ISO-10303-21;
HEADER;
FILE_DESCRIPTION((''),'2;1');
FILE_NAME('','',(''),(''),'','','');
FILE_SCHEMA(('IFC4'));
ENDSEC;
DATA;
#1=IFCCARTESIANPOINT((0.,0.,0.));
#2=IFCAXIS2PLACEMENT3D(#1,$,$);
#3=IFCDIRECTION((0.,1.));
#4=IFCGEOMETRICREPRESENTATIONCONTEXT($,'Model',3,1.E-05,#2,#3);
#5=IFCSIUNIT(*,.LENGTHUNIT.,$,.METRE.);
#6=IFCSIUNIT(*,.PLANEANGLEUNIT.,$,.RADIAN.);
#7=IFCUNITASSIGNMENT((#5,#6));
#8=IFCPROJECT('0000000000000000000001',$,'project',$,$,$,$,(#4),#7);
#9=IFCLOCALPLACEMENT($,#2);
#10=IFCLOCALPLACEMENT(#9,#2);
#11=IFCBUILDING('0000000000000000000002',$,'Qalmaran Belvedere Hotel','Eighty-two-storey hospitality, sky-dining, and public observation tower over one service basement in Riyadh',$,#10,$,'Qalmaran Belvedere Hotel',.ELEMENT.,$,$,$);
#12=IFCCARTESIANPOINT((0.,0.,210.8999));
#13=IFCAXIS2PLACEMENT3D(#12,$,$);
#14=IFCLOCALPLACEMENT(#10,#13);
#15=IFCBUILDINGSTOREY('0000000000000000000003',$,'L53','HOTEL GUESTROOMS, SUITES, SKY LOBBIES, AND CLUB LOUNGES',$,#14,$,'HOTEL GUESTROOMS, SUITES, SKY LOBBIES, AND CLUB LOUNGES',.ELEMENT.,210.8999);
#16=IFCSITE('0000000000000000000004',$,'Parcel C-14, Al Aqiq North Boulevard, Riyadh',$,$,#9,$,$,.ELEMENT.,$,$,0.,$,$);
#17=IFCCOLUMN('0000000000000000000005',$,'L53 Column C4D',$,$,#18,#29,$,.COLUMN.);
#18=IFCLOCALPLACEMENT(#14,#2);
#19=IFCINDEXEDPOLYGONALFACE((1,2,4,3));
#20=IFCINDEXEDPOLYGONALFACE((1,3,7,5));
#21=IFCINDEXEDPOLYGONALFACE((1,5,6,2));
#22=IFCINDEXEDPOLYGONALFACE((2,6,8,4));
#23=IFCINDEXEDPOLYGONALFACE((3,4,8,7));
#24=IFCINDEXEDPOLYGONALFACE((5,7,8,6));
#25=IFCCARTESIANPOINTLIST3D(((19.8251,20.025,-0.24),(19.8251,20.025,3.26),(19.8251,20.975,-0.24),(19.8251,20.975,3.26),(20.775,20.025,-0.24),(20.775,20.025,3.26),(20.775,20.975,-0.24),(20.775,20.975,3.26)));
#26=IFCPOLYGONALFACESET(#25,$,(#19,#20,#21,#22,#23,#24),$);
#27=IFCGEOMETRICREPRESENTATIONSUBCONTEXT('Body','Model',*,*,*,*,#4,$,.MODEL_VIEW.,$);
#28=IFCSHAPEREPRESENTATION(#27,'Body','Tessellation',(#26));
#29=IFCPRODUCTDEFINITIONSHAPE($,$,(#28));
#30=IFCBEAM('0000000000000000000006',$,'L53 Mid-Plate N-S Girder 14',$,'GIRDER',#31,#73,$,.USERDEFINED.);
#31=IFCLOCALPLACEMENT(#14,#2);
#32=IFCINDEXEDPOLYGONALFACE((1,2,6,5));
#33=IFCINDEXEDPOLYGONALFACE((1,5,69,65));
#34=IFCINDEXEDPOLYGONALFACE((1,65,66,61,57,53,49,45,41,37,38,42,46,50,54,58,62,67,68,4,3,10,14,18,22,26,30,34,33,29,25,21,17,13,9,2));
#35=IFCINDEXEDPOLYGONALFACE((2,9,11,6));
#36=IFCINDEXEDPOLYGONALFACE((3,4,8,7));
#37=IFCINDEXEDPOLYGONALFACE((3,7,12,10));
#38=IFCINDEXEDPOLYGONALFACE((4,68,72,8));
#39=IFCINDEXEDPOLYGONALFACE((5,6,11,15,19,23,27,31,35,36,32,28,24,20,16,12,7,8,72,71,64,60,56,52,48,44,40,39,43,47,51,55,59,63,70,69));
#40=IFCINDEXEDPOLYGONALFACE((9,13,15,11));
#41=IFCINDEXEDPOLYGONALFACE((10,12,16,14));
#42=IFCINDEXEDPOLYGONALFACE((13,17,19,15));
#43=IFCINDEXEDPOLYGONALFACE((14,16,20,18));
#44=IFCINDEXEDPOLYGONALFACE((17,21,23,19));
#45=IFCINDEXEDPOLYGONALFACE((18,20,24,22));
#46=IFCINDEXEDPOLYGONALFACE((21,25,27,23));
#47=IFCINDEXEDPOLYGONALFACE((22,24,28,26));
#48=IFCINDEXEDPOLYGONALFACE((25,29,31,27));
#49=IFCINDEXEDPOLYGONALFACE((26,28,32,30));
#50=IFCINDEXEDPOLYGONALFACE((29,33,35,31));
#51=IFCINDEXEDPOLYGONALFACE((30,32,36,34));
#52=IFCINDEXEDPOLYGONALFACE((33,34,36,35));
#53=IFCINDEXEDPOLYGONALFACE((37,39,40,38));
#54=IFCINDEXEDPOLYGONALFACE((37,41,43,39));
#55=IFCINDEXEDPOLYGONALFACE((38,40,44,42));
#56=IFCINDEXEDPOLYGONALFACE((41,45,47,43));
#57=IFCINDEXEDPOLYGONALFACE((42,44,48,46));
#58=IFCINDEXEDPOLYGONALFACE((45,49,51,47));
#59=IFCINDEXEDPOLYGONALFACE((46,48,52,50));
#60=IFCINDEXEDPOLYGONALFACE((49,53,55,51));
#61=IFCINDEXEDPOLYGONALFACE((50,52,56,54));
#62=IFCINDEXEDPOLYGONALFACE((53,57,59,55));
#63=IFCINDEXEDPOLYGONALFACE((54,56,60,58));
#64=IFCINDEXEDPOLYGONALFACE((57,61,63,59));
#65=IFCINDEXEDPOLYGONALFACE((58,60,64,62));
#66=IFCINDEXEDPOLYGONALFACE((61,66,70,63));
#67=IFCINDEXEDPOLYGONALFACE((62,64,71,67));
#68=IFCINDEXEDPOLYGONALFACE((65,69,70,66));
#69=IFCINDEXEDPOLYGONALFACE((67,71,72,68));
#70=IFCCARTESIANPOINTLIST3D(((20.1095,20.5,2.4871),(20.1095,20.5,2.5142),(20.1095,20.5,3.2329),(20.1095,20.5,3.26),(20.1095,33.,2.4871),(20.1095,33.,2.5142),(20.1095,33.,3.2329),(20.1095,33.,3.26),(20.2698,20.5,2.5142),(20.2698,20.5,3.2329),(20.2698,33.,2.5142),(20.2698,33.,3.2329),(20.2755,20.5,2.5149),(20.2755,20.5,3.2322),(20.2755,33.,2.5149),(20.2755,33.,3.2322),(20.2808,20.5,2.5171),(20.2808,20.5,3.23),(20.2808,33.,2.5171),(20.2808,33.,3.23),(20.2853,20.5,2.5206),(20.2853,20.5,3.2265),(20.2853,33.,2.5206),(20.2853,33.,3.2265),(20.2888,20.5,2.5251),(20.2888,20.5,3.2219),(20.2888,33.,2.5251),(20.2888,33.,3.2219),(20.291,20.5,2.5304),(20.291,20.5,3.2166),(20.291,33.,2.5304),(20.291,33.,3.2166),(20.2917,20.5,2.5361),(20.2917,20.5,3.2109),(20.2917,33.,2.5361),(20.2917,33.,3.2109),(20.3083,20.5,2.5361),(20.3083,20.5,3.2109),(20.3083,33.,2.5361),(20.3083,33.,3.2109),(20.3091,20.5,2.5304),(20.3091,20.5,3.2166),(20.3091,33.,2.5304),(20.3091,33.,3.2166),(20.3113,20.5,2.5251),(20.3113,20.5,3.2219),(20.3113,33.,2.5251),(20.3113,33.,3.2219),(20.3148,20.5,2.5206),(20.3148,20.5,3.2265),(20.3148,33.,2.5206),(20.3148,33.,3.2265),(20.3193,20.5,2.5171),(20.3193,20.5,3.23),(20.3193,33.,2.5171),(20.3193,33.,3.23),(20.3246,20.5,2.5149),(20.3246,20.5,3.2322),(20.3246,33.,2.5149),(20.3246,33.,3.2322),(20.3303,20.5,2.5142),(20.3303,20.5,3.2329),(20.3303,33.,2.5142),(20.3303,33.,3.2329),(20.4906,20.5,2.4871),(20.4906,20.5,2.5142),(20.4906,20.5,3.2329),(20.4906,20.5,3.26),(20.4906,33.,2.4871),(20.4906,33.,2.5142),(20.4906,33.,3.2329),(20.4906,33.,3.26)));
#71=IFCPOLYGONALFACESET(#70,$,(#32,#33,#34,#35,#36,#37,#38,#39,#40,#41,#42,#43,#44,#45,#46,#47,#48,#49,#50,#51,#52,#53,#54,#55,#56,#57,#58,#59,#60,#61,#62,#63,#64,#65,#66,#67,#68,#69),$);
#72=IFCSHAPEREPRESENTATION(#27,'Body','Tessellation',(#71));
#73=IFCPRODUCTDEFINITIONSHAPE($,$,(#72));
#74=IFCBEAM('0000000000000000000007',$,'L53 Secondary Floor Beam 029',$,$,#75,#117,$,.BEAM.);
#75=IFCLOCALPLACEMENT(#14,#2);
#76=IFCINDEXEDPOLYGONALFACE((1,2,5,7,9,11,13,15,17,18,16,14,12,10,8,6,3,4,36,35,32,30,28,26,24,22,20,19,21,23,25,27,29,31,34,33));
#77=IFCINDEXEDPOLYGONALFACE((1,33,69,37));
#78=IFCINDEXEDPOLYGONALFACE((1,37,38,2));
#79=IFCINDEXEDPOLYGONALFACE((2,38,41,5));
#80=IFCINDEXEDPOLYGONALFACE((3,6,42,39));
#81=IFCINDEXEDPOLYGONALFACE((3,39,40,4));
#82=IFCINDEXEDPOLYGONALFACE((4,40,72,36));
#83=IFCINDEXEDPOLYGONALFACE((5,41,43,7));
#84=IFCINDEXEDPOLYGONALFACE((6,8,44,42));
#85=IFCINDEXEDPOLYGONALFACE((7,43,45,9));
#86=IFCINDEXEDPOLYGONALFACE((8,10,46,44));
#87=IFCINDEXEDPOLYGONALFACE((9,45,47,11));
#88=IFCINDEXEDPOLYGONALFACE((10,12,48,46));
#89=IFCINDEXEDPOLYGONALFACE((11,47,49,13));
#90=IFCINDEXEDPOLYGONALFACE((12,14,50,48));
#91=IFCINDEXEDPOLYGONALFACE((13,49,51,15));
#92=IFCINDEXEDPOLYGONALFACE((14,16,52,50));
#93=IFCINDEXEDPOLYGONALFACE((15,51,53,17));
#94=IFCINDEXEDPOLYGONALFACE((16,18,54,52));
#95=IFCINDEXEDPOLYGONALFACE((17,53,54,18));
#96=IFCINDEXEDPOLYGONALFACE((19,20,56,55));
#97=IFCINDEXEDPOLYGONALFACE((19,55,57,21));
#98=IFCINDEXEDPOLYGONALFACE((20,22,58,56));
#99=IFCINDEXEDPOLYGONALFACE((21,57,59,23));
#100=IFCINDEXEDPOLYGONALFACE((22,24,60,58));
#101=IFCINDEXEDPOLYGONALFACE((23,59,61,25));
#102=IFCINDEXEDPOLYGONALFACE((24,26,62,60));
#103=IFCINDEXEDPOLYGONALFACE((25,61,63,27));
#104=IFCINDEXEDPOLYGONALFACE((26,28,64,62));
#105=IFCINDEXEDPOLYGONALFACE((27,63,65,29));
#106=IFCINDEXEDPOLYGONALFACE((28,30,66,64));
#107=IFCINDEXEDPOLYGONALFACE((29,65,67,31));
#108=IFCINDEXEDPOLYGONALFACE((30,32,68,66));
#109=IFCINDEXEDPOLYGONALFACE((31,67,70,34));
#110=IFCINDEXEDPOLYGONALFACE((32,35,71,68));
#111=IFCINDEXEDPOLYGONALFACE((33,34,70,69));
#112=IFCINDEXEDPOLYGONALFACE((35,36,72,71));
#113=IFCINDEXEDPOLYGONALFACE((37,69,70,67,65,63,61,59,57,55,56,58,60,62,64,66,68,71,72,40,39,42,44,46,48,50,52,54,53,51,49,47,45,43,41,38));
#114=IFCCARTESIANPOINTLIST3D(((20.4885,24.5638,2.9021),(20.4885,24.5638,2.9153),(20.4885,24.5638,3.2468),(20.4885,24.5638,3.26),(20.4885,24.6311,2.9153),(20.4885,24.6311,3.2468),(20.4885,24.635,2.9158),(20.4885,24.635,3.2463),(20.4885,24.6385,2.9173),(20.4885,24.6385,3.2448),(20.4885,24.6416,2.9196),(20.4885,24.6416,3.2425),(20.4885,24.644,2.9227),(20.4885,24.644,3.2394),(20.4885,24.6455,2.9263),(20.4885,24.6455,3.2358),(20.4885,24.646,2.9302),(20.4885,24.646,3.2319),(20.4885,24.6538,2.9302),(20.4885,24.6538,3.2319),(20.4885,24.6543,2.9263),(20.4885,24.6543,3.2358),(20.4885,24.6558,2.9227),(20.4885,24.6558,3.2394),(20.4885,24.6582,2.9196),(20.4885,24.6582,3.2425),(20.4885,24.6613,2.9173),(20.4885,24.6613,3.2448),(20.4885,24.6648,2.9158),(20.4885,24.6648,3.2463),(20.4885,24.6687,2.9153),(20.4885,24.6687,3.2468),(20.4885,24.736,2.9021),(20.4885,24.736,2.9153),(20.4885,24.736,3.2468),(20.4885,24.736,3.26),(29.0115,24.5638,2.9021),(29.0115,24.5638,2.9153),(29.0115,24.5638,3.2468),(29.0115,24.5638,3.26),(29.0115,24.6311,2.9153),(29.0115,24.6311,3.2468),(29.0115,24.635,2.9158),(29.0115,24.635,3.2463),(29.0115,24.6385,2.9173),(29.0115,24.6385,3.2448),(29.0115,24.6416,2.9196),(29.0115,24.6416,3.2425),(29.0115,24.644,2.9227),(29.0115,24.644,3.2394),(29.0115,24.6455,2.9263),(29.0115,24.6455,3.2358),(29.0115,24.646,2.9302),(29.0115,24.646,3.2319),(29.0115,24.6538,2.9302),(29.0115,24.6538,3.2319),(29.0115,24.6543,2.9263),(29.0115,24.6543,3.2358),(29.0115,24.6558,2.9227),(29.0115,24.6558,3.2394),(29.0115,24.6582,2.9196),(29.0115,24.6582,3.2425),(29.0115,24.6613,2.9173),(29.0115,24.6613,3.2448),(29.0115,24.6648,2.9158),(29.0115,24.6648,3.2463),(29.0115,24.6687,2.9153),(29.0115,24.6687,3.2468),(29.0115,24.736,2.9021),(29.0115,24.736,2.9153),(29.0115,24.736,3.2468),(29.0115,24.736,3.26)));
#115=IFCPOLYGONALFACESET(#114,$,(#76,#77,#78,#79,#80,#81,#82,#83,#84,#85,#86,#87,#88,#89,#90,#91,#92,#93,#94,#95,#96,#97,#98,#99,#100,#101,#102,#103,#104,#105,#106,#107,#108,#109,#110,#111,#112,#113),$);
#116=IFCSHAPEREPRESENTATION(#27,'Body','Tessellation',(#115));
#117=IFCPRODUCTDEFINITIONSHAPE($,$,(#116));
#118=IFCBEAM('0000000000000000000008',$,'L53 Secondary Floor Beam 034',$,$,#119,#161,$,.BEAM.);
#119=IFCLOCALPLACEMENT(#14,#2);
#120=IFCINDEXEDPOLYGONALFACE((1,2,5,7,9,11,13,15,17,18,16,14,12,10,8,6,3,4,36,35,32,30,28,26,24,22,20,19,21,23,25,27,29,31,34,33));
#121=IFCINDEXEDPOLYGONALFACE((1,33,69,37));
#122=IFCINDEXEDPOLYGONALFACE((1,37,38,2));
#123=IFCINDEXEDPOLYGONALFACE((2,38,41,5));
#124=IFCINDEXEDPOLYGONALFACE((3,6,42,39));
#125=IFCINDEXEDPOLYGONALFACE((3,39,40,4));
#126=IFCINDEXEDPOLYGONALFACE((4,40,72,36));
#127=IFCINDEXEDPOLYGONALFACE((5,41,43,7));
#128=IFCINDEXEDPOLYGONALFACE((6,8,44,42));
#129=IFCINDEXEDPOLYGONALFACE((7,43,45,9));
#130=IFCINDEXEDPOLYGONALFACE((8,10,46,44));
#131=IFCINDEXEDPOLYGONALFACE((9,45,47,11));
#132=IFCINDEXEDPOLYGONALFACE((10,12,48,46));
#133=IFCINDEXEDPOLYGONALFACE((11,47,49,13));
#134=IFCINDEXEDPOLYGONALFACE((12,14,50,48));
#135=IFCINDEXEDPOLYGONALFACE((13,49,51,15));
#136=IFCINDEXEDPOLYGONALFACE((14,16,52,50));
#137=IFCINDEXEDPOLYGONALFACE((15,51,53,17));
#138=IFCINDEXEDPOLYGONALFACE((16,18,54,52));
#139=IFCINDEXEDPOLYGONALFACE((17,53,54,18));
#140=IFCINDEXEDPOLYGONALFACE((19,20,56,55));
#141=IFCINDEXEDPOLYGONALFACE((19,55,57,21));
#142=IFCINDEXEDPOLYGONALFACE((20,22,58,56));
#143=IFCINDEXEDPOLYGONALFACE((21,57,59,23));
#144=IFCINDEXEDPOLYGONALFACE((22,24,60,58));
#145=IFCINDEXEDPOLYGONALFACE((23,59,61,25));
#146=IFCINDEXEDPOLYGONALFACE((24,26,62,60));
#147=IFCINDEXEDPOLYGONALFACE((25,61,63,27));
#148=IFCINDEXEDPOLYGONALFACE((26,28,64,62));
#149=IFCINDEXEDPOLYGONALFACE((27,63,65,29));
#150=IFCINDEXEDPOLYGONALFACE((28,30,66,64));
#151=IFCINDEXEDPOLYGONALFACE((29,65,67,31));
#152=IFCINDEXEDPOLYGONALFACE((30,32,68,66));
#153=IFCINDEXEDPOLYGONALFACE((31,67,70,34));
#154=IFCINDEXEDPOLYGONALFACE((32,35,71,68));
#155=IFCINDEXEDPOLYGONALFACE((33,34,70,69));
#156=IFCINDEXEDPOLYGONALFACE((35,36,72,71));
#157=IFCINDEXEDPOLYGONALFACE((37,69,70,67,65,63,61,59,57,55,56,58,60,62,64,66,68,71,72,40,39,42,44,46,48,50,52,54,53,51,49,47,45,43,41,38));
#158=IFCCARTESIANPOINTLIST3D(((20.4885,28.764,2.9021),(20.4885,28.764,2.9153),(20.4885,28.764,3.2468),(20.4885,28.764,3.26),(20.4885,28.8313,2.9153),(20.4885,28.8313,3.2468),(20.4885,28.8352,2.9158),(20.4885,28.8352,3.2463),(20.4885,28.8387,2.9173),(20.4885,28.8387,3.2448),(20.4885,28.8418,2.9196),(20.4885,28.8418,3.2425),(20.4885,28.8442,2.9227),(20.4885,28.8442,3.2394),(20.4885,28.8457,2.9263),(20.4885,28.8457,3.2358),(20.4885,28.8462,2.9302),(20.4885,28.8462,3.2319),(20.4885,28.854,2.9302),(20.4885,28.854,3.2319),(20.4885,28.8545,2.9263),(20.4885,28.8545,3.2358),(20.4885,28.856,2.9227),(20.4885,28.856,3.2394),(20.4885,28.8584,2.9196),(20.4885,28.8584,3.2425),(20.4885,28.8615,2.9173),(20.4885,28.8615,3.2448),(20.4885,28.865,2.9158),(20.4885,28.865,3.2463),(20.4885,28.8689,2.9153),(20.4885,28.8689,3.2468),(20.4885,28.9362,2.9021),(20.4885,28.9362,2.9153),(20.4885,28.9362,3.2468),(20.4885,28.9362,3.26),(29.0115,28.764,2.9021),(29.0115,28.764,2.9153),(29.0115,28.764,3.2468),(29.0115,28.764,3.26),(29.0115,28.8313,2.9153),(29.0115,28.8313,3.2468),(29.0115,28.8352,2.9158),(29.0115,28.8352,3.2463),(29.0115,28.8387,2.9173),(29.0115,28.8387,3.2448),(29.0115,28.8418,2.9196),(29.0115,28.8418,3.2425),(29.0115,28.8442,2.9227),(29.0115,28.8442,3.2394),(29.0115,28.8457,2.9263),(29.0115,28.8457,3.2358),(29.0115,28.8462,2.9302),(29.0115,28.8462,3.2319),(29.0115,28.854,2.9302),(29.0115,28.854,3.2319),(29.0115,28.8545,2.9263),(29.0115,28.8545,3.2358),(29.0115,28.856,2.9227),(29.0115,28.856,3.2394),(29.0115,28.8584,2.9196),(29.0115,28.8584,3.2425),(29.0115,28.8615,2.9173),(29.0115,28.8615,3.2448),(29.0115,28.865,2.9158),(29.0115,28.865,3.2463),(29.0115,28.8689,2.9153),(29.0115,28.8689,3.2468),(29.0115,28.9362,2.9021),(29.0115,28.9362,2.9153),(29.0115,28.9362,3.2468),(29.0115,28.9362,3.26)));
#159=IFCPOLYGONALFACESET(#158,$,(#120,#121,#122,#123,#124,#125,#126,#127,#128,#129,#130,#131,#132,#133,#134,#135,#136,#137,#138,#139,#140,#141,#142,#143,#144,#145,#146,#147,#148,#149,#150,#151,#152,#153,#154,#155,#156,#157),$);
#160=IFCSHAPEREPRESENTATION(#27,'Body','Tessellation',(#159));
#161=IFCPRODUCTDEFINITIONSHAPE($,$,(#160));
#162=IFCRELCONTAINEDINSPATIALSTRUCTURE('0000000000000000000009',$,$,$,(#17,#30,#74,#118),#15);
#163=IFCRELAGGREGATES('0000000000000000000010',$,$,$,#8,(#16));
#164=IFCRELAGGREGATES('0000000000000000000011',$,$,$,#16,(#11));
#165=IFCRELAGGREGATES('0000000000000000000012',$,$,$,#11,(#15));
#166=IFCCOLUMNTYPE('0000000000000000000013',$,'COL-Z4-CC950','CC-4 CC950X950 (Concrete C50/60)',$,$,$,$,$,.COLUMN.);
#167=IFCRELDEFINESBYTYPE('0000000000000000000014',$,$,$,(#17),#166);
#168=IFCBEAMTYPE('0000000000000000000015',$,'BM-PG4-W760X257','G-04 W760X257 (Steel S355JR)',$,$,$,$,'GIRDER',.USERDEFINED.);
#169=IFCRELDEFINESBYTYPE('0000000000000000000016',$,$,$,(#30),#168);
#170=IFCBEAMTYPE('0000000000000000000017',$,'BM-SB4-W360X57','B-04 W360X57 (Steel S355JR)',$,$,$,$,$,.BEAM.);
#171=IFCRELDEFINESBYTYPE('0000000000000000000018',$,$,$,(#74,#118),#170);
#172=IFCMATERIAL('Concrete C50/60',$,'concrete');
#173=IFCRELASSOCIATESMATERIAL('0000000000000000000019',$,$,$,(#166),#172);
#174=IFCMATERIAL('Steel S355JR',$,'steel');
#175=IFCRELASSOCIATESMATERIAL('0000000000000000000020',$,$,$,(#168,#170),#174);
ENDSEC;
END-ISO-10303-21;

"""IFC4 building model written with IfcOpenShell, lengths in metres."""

from ifc_helpers import new_model, si_unit, direction, frame, origin, origin_2d, place, context, subcontext, project, spatial, rectangle, i_section, extrude, material, material_profile, profile_set, type_object, element, save


model = new_model("IFC4")

# Units and contexts
model_context = context("Model", 3, precision=1e-05, world=origin(), true_north=direction((0.0, 1.0)))
body_context = subcontext(model_context, "Body", "Model", "MODEL_VIEW")
ifc_project = project(units=[si_unit("LENGTHUNIT", "METRE"), si_unit("PLANEANGLEUNIT", "RADIAN")], contexts=[model_context])

# Site, building, storey
site_placement = place(None, origin())
site = spatial("IfcSite", under=ifc_project, at=site_placement, Name="Parcel C-14, Al Aqiq North Boulevard, Riyadh", CompositionType="ELEMENT", RefElevation=0.0)
building_placement = place(site_placement, origin())
building = spatial("IfcBuilding", under=site, at=building_placement, Name="Qalmaran Belvedere Hotel", Description="Eighty-two-storey hospitality, sky-dining, and public observation tower over one service basement in Riyadh", LongName="Qalmaran Belvedere Hotel", CompositionType="ELEMENT")
storey_placement = place(building_placement, frame((0.0, 0.0, 210.8999)))
storey = spatial("IfcBuildingStorey", under=building, at=storey_placement, Name="L53", Description="HOTEL GUESTROOMS, SUITES, SKY LOBBIES, AND CLUB LOUNGES", LongName="HOTEL GUESTROOMS, SUITES, SKY LOBBIES, AND CLUB LOUNGES", CompositionType="ELEMENT", Elevation=210.8999)

# Column
ifc_material_1 = material(Name="Concrete C50/60", Category="concrete")
ifc_material_profile_1 = material_profile(ifc_material_1, rectangle(XDim=0.95, YDim=0.95, at=origin_2d()), Name="CC950X950")
ifc_profile_set_1 = profile_set([ifc_material_profile_1], Name="Concrete C50/60")
column_type = type_object("IfcColumnType", Name="COL-Z4-CC950", Description="CC-4 CC950X950 (Concrete C50/60)", PredefinedType="COLUMN", material=ifc_profile_set_1)
column_placement = place(storey_placement, frame((20.3, 20.5, -0.24), z_axis=(0.0, 0.0, 1.0), x_axis=(1.0, 0.0, 0.0)))
element("IfcColumn", 1, at=column_placement, inside=storey, type_object=column_type, Name="L53 Column C4D", PredefinedType="COLUMN", context=body_context, shape_type="SweptSolid", body=[
    extrude(rectangle(XDim=0.95, YDim=0.95, at=origin_2d()), origin(), (0.0, 0.0, 1.0), 3.5),
])

# Beams
ifc_material_2 = material(Name="Steel S355JR", Category="steel")
ifc_material_profile_2 = material_profile(ifc_material_2, i_section(OverallWidth=0.3811, OverallDepth=0.7729, WebThickness=0.0166, FlangeThickness=0.0271, FilletRadius=0.022, at=origin_2d()), Name="W760X257")
ifc_profile_set_2 = profile_set([ifc_material_profile_2], Name="Steel S355JR")
beam_type_1 = type_object("IfcBeamType", Name="BM-PG4-W760X257", Description="G-04 W760X257 (Steel S355JR)", ElementType="GIRDER", PredefinedType="USERDEFINED", material=ifc_profile_set_2)
beam_1_placement = place(storey_placement, frame((20.3, 20.5, 2.8735), z_axis=(0.0, 1.0, 0.0), x_axis=(-1.0, 0.0, 0.0)))
element("IfcBeam", 2, at=beam_1_placement, inside=storey, type_object=beam_type_1, Name="L53 Mid-Plate N-S Girder 14", ObjectType="GIRDER", PredefinedType="USERDEFINED", context=body_context, shape_type="SweptSolid", body=[
    extrude(i_section(OverallWidth=0.3811, OverallDepth=0.7729, WebThickness=0.0166, FlangeThickness=0.0271, FilletRadius=0.022, at=origin_2d()), origin(), (0.0, 0.0, 1.0), 12.5),
])
ifc_material_profile_3 = material_profile(ifc_material_2, i_section(OverallWidth=0.1721, OverallDepth=0.3579, WebThickness=0.0078, FlangeThickness=0.0132, FilletRadius=0.0149, at=origin_2d()), Name="W360X57")
ifc_profile_set_3 = profile_set([ifc_material_profile_3], Name="Steel S355JR")
beam_type_2 = type_object("IfcBeamType", Name="BM-SB4-W360X57", Description="B-04 W360X57 (Steel S355JR)", PredefinedType="BEAM", material=ifc_profile_set_3)
for number, where, z_axis, x_axis, name in (
    (3, (20.4885, 24.6499, 3.0811), (1.0, 0.0, 0.0), (0.0, 1.0, 0.0), "L53 Secondary Floor Beam 029"),
    (4, (20.4885, 28.8501, 3.0811), (1.0, 0.0, 0.0), (0.0, 1.0, 0.0), "L53 Secondary Floor Beam 034"),
):
    element("IfcBeam", number, at=place(storey_placement, frame(where, z_axis=z_axis, x_axis=x_axis)), inside=storey, type_object=beam_type_2, Name=name, PredefinedType="BEAM", context=body_context, shape_type="SweptSolid", body=[
        extrude(i_section(OverallWidth=0.1721, OverallDepth=0.3579, WebThickness=0.0078, FlangeThickness=0.0132, FilletRadius=0.0149, at=origin_2d()), origin(), (0.0, 0.0, 1.0), 8.5229),
    ])

save(model, "model.ifc")
